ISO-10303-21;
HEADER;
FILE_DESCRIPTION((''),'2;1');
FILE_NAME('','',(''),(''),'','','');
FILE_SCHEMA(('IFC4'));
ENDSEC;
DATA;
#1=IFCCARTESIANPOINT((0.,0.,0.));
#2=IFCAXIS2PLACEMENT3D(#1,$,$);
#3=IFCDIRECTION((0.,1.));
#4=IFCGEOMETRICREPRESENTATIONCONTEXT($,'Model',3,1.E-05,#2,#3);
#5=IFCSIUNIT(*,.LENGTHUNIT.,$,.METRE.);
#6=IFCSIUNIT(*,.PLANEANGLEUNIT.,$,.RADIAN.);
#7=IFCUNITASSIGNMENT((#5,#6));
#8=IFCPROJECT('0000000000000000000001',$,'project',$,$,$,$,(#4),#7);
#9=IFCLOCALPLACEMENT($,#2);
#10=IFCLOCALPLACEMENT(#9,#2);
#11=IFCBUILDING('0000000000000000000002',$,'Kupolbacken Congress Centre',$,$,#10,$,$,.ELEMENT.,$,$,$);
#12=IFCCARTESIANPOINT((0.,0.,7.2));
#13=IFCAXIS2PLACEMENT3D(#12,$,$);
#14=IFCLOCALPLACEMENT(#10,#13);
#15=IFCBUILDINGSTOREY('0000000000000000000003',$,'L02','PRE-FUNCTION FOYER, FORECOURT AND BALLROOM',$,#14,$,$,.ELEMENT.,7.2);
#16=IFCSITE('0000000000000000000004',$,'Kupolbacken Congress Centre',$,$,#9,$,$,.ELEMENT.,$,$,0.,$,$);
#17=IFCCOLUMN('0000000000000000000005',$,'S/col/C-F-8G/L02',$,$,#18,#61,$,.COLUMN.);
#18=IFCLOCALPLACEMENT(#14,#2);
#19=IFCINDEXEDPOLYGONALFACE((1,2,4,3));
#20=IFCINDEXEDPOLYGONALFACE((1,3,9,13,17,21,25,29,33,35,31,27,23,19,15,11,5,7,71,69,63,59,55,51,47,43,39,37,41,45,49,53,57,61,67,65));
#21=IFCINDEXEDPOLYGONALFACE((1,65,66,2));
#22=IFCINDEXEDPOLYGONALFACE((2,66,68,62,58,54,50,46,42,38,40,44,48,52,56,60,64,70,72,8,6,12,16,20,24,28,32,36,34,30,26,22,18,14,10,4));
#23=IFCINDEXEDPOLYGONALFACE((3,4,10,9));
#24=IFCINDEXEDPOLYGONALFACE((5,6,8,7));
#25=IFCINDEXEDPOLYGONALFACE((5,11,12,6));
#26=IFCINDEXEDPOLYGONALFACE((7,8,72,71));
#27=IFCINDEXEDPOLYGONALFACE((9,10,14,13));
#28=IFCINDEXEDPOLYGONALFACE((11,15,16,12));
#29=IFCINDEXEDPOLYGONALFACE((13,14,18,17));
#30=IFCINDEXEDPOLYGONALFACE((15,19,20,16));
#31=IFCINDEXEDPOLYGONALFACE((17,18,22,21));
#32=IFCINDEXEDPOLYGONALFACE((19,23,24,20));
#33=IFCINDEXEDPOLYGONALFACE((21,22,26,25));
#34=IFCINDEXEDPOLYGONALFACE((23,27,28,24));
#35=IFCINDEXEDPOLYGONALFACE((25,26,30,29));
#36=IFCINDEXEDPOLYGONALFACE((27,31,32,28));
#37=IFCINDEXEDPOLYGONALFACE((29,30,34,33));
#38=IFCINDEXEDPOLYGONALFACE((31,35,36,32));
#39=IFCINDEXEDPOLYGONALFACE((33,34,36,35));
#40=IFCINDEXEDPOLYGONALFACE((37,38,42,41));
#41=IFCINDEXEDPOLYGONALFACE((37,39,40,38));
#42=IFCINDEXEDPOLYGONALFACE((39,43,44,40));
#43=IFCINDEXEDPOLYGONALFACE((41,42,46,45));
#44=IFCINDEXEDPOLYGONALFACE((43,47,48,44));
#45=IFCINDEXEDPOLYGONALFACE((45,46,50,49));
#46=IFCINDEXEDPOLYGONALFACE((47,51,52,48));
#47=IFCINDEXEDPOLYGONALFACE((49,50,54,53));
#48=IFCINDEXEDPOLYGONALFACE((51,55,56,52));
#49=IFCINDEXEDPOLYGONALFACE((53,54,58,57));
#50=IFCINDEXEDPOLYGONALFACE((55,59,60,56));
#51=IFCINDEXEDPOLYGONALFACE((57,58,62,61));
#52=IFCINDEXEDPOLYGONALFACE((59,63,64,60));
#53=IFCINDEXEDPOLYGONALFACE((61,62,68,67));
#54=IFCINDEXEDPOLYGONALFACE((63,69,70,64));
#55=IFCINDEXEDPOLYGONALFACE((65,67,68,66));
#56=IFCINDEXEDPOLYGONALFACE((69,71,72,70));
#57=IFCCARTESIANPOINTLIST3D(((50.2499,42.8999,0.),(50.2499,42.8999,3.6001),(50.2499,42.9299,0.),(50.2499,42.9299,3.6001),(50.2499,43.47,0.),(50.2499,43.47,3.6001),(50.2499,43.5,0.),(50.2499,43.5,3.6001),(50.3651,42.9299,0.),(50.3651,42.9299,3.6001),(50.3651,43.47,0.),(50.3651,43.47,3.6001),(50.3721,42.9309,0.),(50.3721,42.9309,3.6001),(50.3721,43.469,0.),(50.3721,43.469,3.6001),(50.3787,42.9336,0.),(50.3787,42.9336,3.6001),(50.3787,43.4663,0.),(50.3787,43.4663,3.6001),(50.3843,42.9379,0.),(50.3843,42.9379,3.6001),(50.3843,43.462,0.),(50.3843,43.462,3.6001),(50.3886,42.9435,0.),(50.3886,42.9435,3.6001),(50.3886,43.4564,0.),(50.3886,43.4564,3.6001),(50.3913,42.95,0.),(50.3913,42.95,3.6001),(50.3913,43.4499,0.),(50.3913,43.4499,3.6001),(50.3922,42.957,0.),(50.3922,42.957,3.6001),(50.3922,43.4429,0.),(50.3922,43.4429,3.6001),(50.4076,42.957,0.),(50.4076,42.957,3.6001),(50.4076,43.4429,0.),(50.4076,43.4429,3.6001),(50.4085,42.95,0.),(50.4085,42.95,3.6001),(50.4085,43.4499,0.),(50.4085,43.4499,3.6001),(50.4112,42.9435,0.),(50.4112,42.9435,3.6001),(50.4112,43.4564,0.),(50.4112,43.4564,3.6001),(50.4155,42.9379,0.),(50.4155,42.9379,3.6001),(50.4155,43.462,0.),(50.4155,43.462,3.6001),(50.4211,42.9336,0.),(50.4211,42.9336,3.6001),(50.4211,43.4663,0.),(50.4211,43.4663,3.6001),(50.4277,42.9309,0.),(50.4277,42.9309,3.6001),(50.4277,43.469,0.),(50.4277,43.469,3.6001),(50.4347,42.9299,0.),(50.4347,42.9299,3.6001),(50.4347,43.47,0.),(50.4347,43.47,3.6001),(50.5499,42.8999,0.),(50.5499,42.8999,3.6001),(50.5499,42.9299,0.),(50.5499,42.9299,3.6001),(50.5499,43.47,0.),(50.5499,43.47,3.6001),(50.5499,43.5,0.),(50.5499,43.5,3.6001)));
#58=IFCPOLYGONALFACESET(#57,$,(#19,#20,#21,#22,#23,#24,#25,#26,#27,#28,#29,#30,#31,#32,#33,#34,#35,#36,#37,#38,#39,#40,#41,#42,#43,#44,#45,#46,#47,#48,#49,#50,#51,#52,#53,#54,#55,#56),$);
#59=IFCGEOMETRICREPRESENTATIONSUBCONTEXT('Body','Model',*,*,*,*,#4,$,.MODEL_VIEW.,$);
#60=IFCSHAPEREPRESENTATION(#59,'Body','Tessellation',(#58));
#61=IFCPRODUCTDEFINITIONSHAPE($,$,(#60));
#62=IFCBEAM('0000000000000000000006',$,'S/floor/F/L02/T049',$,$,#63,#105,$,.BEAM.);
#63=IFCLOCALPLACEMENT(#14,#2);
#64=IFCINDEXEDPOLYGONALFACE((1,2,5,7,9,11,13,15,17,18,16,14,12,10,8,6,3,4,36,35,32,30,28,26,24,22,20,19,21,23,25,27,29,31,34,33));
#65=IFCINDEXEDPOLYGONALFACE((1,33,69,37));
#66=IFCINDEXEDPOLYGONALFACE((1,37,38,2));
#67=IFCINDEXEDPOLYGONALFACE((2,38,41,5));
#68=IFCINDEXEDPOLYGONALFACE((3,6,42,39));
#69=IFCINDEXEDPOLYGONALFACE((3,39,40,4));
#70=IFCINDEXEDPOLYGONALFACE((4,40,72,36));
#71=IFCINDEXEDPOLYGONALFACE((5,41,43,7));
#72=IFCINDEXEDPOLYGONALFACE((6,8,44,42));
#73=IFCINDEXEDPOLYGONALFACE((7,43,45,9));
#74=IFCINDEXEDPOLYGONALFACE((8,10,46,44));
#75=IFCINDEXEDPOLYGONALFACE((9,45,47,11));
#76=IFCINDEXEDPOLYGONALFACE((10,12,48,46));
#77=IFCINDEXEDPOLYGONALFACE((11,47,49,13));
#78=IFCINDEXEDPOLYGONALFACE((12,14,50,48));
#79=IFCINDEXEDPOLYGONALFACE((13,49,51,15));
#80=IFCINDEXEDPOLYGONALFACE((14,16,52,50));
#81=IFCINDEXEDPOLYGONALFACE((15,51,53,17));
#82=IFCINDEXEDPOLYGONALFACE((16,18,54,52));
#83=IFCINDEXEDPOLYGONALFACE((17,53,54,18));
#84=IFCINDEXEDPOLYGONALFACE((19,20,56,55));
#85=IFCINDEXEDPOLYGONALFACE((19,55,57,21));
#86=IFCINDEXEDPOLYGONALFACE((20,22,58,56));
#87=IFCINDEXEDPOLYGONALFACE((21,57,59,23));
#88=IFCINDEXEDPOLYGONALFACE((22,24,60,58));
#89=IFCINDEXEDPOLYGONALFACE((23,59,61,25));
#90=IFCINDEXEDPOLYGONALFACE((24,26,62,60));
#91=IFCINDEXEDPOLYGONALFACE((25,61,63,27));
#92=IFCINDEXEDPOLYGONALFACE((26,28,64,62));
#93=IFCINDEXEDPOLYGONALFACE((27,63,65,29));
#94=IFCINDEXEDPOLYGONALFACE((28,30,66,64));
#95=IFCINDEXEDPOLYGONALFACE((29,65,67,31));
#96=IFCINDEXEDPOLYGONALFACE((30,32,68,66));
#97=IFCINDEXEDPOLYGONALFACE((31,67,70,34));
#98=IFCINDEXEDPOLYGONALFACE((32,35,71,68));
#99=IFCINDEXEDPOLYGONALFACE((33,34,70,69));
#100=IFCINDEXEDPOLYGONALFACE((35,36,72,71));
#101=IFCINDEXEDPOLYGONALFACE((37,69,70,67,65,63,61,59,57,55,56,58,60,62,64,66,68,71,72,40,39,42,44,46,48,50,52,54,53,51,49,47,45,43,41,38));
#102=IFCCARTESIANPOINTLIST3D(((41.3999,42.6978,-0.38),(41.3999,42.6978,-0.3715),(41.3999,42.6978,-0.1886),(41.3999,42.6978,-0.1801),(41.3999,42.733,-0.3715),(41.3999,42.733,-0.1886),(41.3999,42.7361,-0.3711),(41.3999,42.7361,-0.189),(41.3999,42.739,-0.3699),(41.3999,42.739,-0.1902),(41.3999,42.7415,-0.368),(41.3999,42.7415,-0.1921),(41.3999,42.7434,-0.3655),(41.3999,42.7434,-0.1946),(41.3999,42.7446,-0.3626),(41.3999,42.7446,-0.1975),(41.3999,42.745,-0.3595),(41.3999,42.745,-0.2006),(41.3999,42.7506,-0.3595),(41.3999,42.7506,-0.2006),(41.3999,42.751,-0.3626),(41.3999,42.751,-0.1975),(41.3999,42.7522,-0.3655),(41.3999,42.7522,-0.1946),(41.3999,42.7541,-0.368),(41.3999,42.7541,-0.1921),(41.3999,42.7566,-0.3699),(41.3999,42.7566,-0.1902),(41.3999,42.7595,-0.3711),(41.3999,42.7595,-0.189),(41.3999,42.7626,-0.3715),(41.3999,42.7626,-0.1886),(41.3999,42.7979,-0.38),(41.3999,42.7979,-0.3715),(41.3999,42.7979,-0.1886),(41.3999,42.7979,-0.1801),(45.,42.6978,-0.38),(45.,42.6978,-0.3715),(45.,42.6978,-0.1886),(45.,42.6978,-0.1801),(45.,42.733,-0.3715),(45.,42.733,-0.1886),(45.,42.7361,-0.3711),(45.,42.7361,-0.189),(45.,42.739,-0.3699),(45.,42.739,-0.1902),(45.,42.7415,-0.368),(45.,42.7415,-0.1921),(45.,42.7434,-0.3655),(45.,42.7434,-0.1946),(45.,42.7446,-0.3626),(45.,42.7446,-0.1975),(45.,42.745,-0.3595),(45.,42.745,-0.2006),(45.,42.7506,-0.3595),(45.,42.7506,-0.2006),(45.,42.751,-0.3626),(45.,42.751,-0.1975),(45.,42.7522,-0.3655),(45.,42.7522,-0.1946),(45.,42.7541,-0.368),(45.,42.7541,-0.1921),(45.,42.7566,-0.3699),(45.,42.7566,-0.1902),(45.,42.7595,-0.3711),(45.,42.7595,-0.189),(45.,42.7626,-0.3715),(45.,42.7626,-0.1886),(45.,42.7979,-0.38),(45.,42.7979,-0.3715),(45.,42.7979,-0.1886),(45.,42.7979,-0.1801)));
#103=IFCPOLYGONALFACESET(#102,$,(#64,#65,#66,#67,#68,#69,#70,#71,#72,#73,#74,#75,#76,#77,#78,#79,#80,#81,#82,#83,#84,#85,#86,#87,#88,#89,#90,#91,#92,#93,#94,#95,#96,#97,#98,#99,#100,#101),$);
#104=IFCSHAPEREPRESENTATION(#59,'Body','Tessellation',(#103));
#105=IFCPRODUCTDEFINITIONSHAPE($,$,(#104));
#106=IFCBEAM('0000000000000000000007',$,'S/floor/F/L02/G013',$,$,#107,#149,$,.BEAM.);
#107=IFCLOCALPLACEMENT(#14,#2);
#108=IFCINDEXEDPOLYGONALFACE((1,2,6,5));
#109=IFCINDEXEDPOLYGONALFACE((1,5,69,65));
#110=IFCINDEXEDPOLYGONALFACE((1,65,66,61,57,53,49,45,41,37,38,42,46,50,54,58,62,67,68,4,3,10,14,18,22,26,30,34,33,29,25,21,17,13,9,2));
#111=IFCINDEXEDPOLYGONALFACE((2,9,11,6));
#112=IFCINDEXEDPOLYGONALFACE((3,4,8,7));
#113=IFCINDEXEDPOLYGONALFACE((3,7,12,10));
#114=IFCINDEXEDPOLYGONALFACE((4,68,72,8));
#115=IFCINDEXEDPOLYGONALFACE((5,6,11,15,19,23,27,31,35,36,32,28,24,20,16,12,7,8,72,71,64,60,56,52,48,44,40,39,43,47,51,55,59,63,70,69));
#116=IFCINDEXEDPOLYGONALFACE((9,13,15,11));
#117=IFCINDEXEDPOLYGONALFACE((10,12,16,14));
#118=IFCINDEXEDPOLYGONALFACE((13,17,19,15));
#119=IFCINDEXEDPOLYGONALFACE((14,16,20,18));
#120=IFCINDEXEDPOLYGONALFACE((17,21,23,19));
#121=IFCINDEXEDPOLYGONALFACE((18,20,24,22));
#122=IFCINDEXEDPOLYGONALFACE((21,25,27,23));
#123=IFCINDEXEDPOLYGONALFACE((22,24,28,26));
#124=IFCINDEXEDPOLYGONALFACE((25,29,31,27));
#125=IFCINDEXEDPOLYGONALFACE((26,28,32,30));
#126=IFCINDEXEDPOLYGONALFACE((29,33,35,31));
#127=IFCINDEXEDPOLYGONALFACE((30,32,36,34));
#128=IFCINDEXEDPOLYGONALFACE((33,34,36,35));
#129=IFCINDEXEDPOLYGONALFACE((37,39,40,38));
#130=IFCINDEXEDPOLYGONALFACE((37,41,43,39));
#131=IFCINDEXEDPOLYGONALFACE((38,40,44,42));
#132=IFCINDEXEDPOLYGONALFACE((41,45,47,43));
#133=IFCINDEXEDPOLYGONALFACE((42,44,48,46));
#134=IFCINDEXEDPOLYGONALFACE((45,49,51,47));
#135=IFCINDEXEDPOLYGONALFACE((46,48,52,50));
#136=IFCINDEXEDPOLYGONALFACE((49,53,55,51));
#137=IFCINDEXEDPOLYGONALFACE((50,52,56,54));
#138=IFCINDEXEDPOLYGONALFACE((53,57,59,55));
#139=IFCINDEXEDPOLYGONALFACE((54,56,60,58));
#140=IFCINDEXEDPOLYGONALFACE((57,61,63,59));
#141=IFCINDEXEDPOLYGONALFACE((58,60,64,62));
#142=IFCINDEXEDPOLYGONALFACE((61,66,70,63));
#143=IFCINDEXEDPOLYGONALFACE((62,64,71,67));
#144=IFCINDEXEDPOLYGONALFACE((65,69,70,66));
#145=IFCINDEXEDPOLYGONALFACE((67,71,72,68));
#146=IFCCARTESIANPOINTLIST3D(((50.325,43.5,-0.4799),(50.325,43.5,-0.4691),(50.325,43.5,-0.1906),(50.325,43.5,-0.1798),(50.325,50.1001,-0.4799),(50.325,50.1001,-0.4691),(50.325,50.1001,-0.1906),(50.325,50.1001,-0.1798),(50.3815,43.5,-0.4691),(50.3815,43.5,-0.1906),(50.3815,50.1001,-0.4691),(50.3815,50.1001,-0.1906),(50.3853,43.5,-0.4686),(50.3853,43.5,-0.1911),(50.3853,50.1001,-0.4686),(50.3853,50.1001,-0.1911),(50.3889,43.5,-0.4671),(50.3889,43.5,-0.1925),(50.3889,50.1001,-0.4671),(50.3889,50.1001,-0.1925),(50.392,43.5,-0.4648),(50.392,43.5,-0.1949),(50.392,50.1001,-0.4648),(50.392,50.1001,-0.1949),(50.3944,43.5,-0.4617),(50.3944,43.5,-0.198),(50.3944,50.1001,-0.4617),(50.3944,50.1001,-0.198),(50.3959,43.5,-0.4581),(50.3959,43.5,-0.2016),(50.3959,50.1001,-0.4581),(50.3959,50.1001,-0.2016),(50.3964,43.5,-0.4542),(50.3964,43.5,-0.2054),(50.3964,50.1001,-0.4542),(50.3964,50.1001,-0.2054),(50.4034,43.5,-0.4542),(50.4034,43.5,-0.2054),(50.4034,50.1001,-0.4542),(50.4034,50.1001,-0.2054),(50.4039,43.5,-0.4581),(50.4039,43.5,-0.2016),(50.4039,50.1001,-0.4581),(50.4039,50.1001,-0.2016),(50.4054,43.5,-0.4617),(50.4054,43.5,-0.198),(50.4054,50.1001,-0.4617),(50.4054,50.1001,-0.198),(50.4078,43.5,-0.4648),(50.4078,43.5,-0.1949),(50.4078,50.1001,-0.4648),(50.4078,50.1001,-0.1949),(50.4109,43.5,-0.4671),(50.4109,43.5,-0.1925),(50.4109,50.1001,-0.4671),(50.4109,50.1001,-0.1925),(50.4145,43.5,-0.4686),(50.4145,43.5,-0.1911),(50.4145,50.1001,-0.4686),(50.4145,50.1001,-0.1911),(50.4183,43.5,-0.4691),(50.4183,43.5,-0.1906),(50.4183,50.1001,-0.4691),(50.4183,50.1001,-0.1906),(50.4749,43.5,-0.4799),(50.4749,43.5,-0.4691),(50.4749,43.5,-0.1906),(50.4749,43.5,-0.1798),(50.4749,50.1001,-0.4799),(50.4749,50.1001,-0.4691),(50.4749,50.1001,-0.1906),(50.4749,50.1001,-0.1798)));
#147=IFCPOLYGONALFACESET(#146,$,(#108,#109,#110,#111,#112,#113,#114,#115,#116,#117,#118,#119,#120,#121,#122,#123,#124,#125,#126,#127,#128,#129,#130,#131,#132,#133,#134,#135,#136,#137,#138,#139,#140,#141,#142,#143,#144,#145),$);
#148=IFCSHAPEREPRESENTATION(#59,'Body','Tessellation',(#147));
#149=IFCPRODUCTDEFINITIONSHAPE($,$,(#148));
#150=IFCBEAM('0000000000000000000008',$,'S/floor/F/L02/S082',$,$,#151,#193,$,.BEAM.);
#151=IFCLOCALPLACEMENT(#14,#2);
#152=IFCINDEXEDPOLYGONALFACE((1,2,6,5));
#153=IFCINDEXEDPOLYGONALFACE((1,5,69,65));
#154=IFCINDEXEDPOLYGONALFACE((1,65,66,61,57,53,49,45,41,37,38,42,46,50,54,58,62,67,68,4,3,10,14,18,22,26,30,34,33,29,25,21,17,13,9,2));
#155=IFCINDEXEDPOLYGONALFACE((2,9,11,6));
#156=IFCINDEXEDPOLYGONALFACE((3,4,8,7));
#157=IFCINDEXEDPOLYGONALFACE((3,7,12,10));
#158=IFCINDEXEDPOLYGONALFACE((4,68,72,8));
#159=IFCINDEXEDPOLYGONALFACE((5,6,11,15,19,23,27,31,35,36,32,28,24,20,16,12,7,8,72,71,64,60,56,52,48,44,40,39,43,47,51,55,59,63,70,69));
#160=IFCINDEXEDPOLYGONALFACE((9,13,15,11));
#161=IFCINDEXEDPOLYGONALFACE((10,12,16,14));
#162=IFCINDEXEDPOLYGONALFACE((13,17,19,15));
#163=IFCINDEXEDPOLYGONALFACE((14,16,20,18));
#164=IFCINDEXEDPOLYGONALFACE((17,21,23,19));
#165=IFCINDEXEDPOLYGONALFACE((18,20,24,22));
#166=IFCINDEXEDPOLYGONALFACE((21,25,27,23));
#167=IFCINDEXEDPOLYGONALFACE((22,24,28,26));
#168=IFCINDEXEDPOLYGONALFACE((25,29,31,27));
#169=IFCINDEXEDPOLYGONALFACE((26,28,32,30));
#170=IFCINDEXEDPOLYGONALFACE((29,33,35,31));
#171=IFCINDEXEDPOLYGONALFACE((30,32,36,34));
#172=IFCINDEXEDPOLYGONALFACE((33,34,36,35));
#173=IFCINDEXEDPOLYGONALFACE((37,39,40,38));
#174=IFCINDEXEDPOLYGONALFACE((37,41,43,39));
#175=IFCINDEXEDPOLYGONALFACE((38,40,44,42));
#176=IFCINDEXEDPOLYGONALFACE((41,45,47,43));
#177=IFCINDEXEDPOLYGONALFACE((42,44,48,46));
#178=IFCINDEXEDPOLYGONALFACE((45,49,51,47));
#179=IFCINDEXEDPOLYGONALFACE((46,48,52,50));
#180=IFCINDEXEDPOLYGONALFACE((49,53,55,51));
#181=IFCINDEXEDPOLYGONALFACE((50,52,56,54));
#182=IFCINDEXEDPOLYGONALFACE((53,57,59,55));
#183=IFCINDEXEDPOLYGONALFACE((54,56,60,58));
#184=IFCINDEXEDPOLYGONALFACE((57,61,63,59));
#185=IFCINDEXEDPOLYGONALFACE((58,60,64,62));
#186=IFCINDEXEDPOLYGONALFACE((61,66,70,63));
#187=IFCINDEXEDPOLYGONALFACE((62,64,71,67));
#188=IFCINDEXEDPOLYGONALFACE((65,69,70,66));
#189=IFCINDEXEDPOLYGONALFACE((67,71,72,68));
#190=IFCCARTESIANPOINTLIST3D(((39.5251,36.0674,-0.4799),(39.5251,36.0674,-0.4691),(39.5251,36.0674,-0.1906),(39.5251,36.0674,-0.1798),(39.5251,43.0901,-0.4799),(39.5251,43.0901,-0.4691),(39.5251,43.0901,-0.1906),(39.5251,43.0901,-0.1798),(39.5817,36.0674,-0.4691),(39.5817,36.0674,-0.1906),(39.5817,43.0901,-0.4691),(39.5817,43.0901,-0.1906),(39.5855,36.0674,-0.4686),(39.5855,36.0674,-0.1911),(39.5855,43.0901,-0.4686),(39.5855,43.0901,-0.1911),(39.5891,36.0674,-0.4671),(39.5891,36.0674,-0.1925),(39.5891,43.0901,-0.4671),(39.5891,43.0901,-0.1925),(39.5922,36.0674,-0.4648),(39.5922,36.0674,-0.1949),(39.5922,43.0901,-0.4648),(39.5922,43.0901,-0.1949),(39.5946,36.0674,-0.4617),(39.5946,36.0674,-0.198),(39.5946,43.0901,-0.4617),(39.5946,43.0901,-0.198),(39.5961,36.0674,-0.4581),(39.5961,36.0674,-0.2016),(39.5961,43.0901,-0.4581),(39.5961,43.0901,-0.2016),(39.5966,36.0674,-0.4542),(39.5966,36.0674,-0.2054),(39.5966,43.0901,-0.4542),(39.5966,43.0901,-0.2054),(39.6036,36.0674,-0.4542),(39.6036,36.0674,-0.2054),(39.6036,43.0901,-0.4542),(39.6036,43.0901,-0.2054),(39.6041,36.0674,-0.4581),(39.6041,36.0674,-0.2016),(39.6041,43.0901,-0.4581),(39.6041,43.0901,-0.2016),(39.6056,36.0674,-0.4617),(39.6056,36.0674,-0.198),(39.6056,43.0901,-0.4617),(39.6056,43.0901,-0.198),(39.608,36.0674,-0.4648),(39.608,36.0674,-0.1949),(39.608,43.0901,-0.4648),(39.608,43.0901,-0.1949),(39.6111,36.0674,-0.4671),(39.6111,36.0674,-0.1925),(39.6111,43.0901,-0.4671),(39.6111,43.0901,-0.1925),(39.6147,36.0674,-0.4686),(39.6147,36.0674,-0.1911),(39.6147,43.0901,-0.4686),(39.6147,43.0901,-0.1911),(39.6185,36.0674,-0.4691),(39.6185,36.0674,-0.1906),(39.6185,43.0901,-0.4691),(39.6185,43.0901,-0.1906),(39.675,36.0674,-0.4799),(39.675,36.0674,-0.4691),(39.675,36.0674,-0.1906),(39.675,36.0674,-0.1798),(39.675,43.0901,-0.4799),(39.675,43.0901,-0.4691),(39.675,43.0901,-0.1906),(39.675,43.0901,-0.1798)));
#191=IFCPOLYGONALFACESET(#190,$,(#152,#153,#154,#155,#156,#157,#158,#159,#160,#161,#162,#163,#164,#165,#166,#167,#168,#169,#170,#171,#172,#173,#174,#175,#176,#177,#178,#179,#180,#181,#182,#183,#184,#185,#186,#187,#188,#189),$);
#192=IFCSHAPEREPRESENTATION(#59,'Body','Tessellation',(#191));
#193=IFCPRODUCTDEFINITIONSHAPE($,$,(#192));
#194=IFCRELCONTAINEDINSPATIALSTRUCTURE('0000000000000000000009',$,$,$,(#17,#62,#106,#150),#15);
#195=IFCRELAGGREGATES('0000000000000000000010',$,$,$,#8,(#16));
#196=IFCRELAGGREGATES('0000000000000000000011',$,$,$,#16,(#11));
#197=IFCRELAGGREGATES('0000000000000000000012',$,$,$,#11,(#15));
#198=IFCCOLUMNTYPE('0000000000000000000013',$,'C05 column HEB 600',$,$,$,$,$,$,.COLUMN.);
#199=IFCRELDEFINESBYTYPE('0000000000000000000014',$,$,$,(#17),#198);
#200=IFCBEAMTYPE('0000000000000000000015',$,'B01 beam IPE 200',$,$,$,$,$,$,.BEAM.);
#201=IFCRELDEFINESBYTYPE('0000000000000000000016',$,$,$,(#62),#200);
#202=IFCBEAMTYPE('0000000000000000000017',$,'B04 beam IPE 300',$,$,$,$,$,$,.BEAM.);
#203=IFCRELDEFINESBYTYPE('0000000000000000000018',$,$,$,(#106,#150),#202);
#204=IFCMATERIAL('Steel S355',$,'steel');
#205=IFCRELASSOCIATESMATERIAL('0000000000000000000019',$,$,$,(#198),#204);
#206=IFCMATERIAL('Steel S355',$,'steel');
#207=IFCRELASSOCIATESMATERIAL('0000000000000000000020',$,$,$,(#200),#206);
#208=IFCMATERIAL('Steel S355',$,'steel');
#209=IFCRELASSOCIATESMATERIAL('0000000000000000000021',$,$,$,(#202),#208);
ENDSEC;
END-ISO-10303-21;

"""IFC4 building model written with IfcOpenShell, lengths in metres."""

from ifc_helpers import new_model, si_unit, direction, frame, origin, origin_2d, place, context, subcontext, project, spatial, i_section, extrude, material, material_profile, profile_set, type_object, element, save


model = new_model("IFC4")

# Units and contexts
model_context = context("Model", 3, precision=1e-05, world=origin(), true_north=direction((0.0, 1.0)))
body_context = subcontext(model_context, "Body", "Model", "MODEL_VIEW")
ifc_project = project(units=[si_unit("LENGTHUNIT", "METRE"), si_unit("PLANEANGLEUNIT", "RADIAN")], contexts=[model_context])

# Site, building, storey
site_placement = place(None, origin())
site = spatial("IfcSite", under=ifc_project, at=site_placement, Name="Kupolbacken Congress Centre", CompositionType="ELEMENT", RefElevation=0.0)
building_placement = place(site_placement, origin())
building = spatial("IfcBuilding", under=site, at=building_placement, Name="Kupolbacken Congress Centre", CompositionType="ELEMENT")
storey_placement = place(building_placement, frame((0.0, 0.0, 7.2)))
storey = spatial("IfcBuildingStorey", under=building, at=storey_placement, Name="L02", Description="PRE-FUNCTION FOYER, FORECOURT AND BALLROOM", CompositionType="ELEMENT", Elevation=7.2)

# Column
ifc_material_1 = material(Name="Steel S355", Category="steel")
ifc_material_profile_1 = material_profile(ifc_material_1, i_section(OverallWidth=0.3, OverallDepth=0.6001, WebThickness=0.0154, FlangeThickness=0.03, FilletRadius=0.0271, at=origin_2d()), Name="HEB 600")
ifc_profile_set_1 = profile_set([ifc_material_profile_1], Name="Steel S355")
column_type = type_object("IfcColumnType", Name="C05 column HEB 600", PredefinedType="COLUMN", material=ifc_profile_set_1)
column_placement = place(storey_placement, frame((50.3999, 43.2, 0.0), z_axis=(0.0, 0.0, 1.0), x_axis=(1.0, 0.0, 0.0)))
element("IfcColumn", 1, at=column_placement, inside=storey, type_object=column_type, Name="S/col/C-F-8G/L02", PredefinedType="COLUMN", context=body_context, shape_type="SweptSolid", body=[
    extrude(i_section(OverallWidth=0.3, OverallDepth=0.6001, WebThickness=0.0154, FlangeThickness=0.03, FilletRadius=0.0271, at=origin_2d()), origin(), (0.0, 0.0, 1.0), 3.6001),
])

# Beams
ifc_material_2 = material(Name="Steel S355", Category="steel")
ifc_material_profile_2 = material_profile(ifc_material_2, i_section(OverallWidth=0.1001, OverallDepth=0.2, WebThickness=0.0056, FlangeThickness=0.0085, FilletRadius=0.012, at=origin_2d()), Name="IPE 200")
ifc_profile_set_2 = profile_set([ifc_material_profile_2], Name="Steel S355")
beam_type_1 = type_object("IfcBeamType", Name="B01 beam IPE 200", PredefinedType="BEAM", material=ifc_profile_set_2)
beam_1_placement = place(storey_placement, frame((41.3999, 42.7478, -0.28), z_axis=(1.0, 0.0, 0.0), x_axis=(0.0, 1.0, 0.0)))
element("IfcBeam", 2, at=beam_1_placement, inside=storey, type_object=beam_type_1, Name="S/floor/F/L02/T049", PredefinedType="BEAM", context=body_context, shape_type="SweptSolid", body=[
    extrude(i_section(OverallWidth=0.1001, OverallDepth=0.2, WebThickness=0.0056, FlangeThickness=0.0085, FilletRadius=0.012, at=origin_2d()), origin(), (0.0, 0.0, 1.0), 3.6001),
])
ifc_material_3 = material(Name="Steel S355", Category="steel")
ifc_material_profile_3 = material_profile(ifc_material_3, i_section(OverallWidth=0.1499, OverallDepth=0.3, WebThickness=0.0071, FlangeThickness=0.0107, FilletRadius=0.0149, at=origin_2d()), Name="IPE 300")
ifc_profile_set_3 = profile_set([ifc_material_profile_3], Name="Steel S355")
beam_type_2 = type_object("IfcBeamType", Name="B04 beam IPE 300", PredefinedType="BEAM", material=ifc_profile_set_3)
beam_2_placement = place(storey_placement, frame((50.3999, 43.5, -0.3298), z_axis=(0.0, 1.0, 0.0), x_axis=(-1.0, 0.0, 0.0)))
element("IfcBeam", 3, at=beam_2_placement, inside=storey, type_object=beam_type_2, Name="S/floor/F/L02/G013", PredefinedType="BEAM", context=body_context, shape_type="SweptSolid", body=[
    extrude(i_section(OverallWidth=0.1499, OverallDepth=0.3, WebThickness=0.0071, FlangeThickness=0.0107, FilletRadius=0.0149, at=origin_2d()), origin(), (0.0, 0.0, 1.0), 6.6001),
])
beam_3_placement = place(storey_placement, frame((39.6001, 36.0674, -0.3298), z_axis=(0.0, 1.0, 0.0), x_axis=(-1.0, 0.0, 0.0)))
element("IfcBeam", 4, at=beam_3_placement, inside=storey, type_object=beam_type_2, Name="S/floor/F/L02/S082", PredefinedType="BEAM", context=body_context, shape_type="SweptSolid", body=[
    extrude(i_section(OverallWidth=0.1499, OverallDepth=0.3, WebThickness=0.0071, FlangeThickness=0.0107, FilletRadius=0.0149, at=origin_2d()), origin(), (0.0, 0.0, 1.0), 7.0227),
])

save(model, "model.ifc")
